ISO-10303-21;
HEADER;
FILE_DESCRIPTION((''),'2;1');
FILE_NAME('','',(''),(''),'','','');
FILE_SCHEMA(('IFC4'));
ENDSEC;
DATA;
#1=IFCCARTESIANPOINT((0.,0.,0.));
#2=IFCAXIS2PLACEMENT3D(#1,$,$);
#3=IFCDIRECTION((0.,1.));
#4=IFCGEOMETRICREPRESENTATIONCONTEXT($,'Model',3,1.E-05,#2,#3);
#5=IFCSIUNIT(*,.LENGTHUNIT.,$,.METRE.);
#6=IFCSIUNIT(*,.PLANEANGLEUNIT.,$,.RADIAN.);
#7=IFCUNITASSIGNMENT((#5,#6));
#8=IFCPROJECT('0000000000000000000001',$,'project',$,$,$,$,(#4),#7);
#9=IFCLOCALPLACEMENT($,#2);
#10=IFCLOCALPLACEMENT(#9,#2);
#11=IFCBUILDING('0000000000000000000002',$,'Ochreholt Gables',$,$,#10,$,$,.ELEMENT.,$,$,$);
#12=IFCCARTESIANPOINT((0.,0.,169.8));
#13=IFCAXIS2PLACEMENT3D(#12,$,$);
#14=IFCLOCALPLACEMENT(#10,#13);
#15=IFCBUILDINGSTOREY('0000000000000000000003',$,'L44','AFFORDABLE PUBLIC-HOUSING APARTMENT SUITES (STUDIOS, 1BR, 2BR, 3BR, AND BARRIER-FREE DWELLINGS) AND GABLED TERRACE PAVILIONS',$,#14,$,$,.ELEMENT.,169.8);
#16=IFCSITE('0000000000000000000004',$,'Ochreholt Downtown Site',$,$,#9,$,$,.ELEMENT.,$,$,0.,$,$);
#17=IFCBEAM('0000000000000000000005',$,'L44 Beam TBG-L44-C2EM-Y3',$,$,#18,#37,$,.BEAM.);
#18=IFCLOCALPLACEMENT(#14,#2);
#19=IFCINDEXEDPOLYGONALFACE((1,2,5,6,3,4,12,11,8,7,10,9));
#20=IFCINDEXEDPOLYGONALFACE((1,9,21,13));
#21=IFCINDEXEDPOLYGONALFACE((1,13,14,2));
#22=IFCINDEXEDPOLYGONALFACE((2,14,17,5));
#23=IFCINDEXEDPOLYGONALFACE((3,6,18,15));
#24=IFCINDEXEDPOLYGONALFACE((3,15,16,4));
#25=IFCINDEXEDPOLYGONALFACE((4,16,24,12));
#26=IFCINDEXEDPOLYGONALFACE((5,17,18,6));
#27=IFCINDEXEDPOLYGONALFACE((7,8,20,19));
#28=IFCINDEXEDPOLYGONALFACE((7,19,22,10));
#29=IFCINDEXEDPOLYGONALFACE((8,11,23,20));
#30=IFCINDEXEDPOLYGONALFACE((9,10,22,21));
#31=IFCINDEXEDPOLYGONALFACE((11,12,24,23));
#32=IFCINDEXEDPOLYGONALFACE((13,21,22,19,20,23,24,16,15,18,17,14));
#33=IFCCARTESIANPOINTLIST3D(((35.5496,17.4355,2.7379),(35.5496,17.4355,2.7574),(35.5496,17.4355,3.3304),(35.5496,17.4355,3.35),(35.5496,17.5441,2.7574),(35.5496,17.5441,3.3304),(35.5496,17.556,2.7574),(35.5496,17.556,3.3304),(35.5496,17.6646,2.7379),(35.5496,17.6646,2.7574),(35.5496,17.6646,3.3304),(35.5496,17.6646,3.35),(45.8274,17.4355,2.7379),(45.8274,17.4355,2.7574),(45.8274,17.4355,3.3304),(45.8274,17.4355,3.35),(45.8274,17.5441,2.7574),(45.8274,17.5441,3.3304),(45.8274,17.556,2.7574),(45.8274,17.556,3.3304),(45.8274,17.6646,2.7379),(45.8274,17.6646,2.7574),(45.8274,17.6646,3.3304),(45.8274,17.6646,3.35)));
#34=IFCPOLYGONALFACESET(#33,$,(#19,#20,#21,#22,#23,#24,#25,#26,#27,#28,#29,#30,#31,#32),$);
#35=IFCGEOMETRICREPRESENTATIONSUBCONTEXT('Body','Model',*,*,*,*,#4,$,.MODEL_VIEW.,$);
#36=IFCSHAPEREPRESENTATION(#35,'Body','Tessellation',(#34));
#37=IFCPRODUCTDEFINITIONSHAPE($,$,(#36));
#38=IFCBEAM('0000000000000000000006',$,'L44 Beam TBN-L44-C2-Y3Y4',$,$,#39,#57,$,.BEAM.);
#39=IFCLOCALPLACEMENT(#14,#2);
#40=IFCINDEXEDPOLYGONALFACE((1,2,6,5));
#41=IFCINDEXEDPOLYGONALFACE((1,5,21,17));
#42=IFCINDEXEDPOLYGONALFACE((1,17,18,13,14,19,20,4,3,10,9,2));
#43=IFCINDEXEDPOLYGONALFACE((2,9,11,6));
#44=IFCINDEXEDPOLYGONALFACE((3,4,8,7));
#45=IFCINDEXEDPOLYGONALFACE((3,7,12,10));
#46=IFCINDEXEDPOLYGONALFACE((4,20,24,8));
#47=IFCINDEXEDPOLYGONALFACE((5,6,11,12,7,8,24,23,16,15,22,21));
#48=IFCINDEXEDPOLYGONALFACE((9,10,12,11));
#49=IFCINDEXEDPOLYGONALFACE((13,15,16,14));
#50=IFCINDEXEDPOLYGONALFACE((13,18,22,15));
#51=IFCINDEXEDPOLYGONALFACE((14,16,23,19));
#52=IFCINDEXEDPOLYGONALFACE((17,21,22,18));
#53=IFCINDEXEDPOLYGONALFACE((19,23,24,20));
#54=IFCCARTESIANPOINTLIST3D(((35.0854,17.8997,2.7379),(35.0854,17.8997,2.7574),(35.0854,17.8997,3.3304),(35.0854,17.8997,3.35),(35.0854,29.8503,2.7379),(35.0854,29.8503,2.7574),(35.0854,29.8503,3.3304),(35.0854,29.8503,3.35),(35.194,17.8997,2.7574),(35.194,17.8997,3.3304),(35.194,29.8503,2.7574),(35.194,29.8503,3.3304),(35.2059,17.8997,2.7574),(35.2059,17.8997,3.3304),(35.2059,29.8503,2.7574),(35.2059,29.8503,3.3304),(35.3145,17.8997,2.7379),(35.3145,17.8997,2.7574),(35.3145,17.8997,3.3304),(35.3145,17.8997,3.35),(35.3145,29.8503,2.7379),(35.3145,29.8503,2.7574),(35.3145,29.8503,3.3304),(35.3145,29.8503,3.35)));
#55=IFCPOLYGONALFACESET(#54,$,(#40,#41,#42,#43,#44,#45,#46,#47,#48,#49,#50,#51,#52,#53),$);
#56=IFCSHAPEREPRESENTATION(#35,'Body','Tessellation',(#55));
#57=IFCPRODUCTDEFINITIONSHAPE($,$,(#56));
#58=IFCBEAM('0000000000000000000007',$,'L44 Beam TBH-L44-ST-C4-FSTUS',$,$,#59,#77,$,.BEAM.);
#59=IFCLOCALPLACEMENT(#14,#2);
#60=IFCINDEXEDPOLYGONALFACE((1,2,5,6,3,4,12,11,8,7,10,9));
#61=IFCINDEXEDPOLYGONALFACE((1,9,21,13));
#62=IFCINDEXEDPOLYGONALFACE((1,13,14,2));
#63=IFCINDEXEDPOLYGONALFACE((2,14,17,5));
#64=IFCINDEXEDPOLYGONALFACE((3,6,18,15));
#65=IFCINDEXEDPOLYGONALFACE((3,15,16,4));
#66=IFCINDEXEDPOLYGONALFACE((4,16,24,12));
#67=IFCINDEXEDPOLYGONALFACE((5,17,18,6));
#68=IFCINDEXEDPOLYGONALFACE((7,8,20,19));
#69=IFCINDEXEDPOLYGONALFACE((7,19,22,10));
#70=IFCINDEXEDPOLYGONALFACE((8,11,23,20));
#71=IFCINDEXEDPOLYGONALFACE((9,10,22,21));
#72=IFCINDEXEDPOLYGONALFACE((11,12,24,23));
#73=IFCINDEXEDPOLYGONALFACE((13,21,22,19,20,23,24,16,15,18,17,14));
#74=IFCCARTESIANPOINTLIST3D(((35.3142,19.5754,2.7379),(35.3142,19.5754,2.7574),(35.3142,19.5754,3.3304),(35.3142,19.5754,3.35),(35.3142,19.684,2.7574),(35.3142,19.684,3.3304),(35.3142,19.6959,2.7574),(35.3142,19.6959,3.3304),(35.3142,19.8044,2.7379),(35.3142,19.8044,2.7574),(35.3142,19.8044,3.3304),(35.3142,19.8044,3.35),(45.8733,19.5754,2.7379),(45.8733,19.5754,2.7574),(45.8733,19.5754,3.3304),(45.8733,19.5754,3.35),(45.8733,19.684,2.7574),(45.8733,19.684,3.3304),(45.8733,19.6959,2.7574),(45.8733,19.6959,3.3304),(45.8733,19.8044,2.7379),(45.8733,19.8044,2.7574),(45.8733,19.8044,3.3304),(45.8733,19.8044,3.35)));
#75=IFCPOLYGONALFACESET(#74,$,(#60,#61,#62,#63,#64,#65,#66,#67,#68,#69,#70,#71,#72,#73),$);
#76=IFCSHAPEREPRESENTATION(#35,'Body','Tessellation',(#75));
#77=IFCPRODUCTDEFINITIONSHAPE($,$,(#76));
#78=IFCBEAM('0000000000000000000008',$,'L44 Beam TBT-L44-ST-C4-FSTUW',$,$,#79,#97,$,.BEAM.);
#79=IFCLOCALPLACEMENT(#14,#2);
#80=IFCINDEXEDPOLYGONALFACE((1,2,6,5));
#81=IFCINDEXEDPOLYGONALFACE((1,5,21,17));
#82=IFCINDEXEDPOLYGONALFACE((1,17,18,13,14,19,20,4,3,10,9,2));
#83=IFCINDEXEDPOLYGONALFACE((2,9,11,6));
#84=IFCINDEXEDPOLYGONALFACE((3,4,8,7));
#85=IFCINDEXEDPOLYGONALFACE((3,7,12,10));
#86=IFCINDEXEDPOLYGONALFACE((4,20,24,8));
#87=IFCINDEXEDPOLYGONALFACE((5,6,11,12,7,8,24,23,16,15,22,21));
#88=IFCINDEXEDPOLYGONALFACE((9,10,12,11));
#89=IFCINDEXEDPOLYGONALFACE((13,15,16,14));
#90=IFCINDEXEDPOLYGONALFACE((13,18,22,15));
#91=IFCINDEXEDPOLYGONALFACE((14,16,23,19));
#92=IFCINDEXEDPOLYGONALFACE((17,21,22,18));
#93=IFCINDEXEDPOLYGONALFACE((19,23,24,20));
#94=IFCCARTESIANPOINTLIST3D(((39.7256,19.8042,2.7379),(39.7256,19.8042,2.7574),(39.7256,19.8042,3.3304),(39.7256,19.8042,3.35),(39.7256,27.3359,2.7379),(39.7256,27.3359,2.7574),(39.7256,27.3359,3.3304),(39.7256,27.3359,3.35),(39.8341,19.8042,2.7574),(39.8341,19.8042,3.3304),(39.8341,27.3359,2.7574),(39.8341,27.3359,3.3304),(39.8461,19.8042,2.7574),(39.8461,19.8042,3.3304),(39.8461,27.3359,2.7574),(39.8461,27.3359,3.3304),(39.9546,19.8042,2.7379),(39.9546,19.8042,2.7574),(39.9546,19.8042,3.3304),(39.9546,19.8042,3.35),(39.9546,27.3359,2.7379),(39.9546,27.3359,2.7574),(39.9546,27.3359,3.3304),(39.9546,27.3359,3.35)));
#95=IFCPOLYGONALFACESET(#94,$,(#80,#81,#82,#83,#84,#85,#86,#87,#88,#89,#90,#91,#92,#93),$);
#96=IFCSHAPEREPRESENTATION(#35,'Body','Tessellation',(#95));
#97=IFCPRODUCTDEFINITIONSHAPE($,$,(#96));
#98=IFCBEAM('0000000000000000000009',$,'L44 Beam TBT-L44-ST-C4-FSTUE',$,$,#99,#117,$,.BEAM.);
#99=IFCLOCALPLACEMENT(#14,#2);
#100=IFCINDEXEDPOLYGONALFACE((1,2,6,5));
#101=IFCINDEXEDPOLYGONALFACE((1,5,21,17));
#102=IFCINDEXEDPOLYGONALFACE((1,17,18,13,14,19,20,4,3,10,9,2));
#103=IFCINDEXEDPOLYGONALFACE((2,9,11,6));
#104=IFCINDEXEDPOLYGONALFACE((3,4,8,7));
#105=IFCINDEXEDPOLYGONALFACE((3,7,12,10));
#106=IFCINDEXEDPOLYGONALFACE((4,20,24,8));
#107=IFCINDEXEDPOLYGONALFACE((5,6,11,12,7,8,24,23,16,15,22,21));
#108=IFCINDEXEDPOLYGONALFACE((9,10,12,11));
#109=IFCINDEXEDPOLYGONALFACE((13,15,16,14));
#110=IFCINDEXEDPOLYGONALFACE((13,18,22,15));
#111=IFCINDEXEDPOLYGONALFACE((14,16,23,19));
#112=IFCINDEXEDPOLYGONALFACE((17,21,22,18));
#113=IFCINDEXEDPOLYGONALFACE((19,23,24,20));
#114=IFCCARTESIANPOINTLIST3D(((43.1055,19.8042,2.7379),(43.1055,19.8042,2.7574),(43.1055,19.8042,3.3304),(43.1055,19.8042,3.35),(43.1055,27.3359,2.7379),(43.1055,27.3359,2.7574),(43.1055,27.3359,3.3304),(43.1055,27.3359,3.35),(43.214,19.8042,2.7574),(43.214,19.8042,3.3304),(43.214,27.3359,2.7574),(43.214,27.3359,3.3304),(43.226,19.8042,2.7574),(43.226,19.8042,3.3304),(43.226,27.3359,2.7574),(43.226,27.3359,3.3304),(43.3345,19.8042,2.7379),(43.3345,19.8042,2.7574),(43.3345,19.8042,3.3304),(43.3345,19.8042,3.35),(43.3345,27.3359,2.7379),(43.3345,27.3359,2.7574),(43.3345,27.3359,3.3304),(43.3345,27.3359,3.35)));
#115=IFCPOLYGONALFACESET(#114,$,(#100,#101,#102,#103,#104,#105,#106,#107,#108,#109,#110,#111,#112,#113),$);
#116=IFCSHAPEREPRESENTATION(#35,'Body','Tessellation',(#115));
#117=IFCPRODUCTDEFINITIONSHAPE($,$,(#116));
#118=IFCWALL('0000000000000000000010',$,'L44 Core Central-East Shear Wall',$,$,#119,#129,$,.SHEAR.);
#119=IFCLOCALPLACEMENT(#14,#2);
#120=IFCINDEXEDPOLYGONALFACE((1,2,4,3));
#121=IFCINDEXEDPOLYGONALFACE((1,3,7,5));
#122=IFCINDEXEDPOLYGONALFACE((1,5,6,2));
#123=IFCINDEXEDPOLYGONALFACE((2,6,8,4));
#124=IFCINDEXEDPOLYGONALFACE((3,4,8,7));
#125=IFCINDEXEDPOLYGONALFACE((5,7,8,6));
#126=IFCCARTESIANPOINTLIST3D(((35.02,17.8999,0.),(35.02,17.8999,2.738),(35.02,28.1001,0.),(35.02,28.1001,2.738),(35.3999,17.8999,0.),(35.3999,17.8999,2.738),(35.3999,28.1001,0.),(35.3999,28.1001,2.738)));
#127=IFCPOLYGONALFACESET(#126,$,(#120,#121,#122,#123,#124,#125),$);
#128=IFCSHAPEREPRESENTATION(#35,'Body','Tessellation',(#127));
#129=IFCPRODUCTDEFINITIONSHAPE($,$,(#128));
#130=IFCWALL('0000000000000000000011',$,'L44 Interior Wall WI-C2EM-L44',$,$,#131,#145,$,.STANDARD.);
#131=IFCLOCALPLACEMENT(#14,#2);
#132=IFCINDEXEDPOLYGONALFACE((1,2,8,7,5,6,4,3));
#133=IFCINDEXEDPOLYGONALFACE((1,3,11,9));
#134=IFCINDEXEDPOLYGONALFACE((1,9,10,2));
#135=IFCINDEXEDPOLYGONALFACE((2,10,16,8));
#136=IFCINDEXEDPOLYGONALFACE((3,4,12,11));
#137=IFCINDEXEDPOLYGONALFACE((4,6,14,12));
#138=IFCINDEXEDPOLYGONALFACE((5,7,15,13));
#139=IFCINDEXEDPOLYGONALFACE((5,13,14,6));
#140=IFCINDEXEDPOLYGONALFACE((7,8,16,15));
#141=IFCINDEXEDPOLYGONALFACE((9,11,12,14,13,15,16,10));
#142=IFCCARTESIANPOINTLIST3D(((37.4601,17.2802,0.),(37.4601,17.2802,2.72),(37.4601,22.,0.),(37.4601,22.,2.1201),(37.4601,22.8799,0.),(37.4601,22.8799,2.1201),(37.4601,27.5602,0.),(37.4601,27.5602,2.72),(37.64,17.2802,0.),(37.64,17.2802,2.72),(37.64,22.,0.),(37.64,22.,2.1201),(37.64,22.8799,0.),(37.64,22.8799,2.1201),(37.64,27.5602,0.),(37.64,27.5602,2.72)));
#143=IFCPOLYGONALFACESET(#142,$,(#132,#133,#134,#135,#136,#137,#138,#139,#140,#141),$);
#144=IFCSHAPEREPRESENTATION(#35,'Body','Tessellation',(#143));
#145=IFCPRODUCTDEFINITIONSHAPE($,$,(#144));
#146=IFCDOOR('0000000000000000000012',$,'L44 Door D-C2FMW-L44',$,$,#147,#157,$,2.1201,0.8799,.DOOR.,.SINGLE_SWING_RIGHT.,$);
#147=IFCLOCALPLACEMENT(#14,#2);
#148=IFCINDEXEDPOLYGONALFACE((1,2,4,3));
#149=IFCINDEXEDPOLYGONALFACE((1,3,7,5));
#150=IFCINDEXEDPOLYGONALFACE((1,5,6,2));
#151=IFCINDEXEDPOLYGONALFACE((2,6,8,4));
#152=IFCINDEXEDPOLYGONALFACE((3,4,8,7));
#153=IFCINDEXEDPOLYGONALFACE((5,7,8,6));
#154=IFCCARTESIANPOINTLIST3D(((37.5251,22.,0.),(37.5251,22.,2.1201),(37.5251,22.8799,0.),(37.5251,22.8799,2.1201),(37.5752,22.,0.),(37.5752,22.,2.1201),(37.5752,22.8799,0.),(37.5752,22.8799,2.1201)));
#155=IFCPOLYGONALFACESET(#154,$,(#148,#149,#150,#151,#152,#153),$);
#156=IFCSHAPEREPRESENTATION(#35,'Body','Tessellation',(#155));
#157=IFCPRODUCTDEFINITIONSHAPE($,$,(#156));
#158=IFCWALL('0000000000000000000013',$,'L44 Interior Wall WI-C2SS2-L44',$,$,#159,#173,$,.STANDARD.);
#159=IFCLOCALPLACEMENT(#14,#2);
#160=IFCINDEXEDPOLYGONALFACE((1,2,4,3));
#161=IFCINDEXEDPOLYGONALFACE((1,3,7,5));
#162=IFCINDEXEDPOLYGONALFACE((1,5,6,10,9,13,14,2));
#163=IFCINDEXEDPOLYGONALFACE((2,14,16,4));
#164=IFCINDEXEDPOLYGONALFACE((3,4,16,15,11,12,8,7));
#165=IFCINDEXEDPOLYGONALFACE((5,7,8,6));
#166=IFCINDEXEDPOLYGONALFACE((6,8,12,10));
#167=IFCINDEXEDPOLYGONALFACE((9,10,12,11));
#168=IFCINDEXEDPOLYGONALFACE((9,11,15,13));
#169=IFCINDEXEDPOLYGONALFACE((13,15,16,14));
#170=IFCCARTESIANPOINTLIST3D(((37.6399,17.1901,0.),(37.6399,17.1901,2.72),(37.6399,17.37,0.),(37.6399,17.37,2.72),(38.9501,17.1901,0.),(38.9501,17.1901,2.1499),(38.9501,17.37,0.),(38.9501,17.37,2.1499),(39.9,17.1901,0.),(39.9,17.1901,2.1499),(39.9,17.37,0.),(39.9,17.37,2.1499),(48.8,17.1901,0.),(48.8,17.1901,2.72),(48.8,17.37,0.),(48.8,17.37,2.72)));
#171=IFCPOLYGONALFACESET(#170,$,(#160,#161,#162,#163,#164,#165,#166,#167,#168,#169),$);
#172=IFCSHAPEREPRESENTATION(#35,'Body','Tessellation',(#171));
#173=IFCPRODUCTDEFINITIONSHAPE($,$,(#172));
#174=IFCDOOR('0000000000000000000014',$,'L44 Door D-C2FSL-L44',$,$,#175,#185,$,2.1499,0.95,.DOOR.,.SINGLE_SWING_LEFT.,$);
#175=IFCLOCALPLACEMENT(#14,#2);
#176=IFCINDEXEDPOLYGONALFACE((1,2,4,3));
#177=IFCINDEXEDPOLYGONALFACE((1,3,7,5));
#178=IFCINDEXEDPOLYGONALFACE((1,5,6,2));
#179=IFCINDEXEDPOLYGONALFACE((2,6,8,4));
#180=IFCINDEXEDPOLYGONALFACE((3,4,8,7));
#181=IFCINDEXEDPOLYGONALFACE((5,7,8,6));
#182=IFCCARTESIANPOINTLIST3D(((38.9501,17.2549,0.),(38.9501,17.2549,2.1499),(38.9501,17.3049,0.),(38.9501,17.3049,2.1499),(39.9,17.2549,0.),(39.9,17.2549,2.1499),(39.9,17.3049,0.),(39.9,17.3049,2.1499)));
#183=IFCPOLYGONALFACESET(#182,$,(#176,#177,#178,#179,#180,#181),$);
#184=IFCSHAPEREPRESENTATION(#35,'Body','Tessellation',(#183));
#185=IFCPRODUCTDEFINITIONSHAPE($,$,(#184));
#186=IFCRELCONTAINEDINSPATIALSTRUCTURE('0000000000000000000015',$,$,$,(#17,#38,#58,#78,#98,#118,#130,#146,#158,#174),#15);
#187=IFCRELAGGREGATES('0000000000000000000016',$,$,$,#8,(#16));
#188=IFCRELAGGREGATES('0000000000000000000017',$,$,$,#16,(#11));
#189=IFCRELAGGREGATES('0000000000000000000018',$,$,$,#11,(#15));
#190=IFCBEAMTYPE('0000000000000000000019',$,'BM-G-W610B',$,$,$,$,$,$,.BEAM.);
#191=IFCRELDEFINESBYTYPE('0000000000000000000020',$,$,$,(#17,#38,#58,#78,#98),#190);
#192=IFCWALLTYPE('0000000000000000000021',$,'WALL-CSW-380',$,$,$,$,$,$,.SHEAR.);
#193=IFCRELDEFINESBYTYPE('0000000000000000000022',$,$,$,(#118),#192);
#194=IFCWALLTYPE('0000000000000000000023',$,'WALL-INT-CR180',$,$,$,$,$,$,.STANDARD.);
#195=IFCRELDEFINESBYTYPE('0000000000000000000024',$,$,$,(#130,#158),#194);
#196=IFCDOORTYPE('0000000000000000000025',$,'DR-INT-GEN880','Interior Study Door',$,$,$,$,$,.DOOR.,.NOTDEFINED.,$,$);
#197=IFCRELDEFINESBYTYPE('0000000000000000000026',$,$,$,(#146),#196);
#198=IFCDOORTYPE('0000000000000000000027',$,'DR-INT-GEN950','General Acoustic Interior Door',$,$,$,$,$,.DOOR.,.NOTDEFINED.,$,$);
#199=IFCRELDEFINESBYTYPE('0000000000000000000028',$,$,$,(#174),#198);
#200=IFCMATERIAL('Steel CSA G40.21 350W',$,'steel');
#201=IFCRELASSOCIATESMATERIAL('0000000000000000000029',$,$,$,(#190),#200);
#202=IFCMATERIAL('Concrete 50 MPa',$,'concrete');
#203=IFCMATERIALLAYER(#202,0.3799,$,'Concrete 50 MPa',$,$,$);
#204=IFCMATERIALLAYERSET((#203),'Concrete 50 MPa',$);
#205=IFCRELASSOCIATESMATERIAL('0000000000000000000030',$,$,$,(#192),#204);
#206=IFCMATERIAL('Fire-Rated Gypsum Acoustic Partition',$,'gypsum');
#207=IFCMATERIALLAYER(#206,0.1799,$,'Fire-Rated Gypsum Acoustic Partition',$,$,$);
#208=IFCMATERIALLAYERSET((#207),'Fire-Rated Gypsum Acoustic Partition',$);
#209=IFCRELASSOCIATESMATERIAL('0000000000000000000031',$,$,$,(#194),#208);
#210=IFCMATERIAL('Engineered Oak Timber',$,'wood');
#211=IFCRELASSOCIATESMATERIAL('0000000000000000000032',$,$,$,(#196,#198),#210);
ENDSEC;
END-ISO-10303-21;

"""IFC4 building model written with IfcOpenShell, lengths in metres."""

from ifc_helpers import new_model, si_unit, direction, frame, frame_2d, origin, origin_2d, place, context, subcontext, project, spatial, rectangle, i_section, extrude, material, layer, layer_set, material_profile, profile_set, type_object, element, fill, save


model = new_model("IFC4")

# Units and contexts
model_context = context("Model", 3, precision=1e-05, world=origin(), true_north=direction((0.0, 1.0)))
body_context = subcontext(model_context, "Body", "Model", "MODEL_VIEW")
ifc_project = project(units=[si_unit("LENGTHUNIT", "METRE"), si_unit("PLANEANGLEUNIT", "RADIAN")], contexts=[model_context])

# Site, building, storey
site_placement = place(None, origin())
site = spatial("IfcSite", under=ifc_project, at=site_placement, Name="Ochreholt Downtown Site", CompositionType="ELEMENT", RefElevation=0.0)
building_placement = place(site_placement, origin())
building = spatial("IfcBuilding", under=site, at=building_placement, Name="Ochreholt Gables", CompositionType="ELEMENT")
storey_placement = place(building_placement, frame((0.0, 0.0, 169.8)))
storey = spatial("IfcBuildingStorey", under=building, at=storey_placement, Name="L44", Description="AFFORDABLE PUBLIC-HOUSING APARTMENT SUITES (STUDIOS, 1BR, 2BR, 3BR, AND BARRIER-FREE DWELLINGS) AND GABLED TERRACE PAVILIONS", CompositionType="ELEMENT", Elevation=169.8)

# Beams
ifc_material_1 = material(Name="Steel CSA G40.21 350W", Category="steel")
ifc_material_profile = material_profile(ifc_material_1, i_section(OverallWidth=0.229, OverallDepth=0.6121, WebThickness=0.012, FlangeThickness=0.0195, at=origin_2d()), Name="W610X125")
ifc_profile_set = profile_set([ifc_material_profile], Name="Steel CSA G40.21 350W")
beam_type = type_object("IfcBeamType", Name="BM-G-W610B", PredefinedType="BEAM", material=ifc_profile_set)
beam_1_placement = place(storey_placement, frame((35.5496, 17.55, 3.0439), z_axis=(1.0, 0.0, 0.0), x_axis=(0.0, 1.0, 0.0)))
element("IfcBeam", 1, at=beam_1_placement, inside=storey, type_object=beam_type, Name="L44 Beam TBG-L44-C2EM-Y3", PredefinedType="BEAM", context=body_context, shape_type="SweptSolid", body=[
    extrude(i_section(OverallWidth=0.229, OverallDepth=0.6121, WebThickness=0.012, FlangeThickness=0.0195, at=origin_2d()), origin(), (0.0, 0.0, 1.0), 10.2778),
])
beam_2_placement = place(storey_placement, frame((35.2, 17.8997, 3.0439), z_axis=(0.0, 1.0, 0.0), x_axis=(-1.0, 0.0, 0.0)))
element("IfcBeam", 2, at=beam_2_placement, inside=storey, type_object=beam_type, Name="L44 Beam TBN-L44-C2-Y3Y4", PredefinedType="BEAM", context=body_context, shape_type="SweptSolid", body=[
    extrude(i_section(OverallWidth=0.229, OverallDepth=0.6121, WebThickness=0.012, FlangeThickness=0.0195, at=origin_2d()), origin(), (0.0, 0.0, 1.0), 11.9507),
])
beam_3_placement = place(storey_placement, frame((35.3142, 19.6899, 3.0439), z_axis=(1.0, 0.0, 0.0), x_axis=(0.0, 1.0, 0.0)))
element("IfcBeam", 3, at=beam_3_placement, inside=storey, type_object=beam_type, Name="L44 Beam TBH-L44-ST-C4-FSTUS", PredefinedType="BEAM", context=body_context, shape_type="SweptSolid", body=[
    extrude(i_section(OverallWidth=0.229, OverallDepth=0.6121, WebThickness=0.012, FlangeThickness=0.0195, at=origin_2d()), origin(), (0.0, 0.0, 1.0), 10.5591),
])
for number, where, z_axis, x_axis, name in (
    (4, (39.8401, 19.8042, 3.0439), (0.0, 1.0, 0.0), (-1.0, 0.0, 0.0), "L44 Beam TBT-L44-ST-C4-FSTUW"),
    (5, (43.22, 19.8042, 3.0439), (0.0, 1.0, 0.0), (-1.0, 0.0, 0.0), "L44 Beam TBT-L44-ST-C4-FSTUE"),
):
    element("IfcBeam", number, at=place(storey_placement, frame(where, z_axis=z_axis, x_axis=x_axis)), inside=storey, type_object=beam_type, Name=name, PredefinedType="BEAM", context=body_context, shape_type="SweptSolid", body=[
        extrude(i_section(OverallWidth=0.229, OverallDepth=0.6121, WebThickness=0.012, FlangeThickness=0.0195, at=origin_2d()), origin(), (0.0, 0.0, 1.0), 7.5317),
    ])

# Wall
ifc_material_2 = material(Name="Concrete 50 MPa", Category="concrete")
ifc_layer_1 = layer(ifc_material_2, 0.3799, Name="Concrete 50 MPa")
ifc_layer_set_1 = layer_set([ifc_layer_1], Name="Concrete 50 MPa")
wall_type_1 = type_object("IfcWallType", Name="WALL-CSW-380", PredefinedType="SHEAR", material=ifc_layer_set_1)
wall_1_placement = place(storey_placement, frame((35.21, 17.8999, 0.0), z_axis=(0.0, 0.0, 1.0), x_axis=(0.0, 1.0, 0.0)))
element("IfcWall", 6, at=wall_1_placement, inside=storey, type_object=wall_type_1, Name="L44 Core Central-East Shear Wall", PredefinedType="SHEAR", context=body_context, shape_type="SweptSolid", body=[
    extrude(rectangle(XDim=10.2002, YDim=0.3799, at=frame_2d((5.1001, 0.0))), origin(), (0.0, 0.0, 1.0), 2.738),
])

# Walls, openings, doors
ifc_material_3 = material(Name="Fire-Rated Gypsum Acoustic Partition", Category="gypsum")
ifc_layer_2 = layer(ifc_material_3, 0.1799, Name="Fire-Rated Gypsum Acoustic Partition")
ifc_layer_set_2 = layer_set([ifc_layer_2], Name="Fire-Rated Gypsum Acoustic Partition")
wall_type_2 = type_object("IfcWallType", Name="WALL-INT-CR180", PredefinedType="STANDARD", material=ifc_layer_set_2)
wall_2_placement = place(storey_placement, frame((37.55, 17.28, 0.0), z_axis=(0.0, 0.0, 1.0), x_axis=(0.0, 1.0, 0.0)))
wall_2 = element("IfcWall", 7, at=wall_2_placement, inside=storey, type_object=wall_type_2, Name="L44 Interior Wall WI-C2EM-L44", PredefinedType="STANDARD", context=body_context, shape_type="SweptSolid", body=[
    extrude(rectangle(XDim=10.28, YDim=0.1799, at=frame_2d((5.1401, 0.0))), origin(), (0.0, 0.0, 1.0), 2.72),
])
opening_1_placement = place(wall_2_placement, frame((4.72, 0.0, 0.0)))
opening_1 = element("IfcOpeningElement", 8, at=opening_1_placement, cuts=wall_2, PredefinedType="OPENING", context=body_context, shape_type="SweptSolid", body=[
    extrude(rectangle(XDim=0.8799, YDim=2.1201, at=frame_2d((0.4399, 1.0601))), frame((0.0, 0.0999, 0.0), z_axis=(0.0, -1.0, 0.0), x_axis=(1.0, 0.0, 0.0)), (0.0, 0.0, 1.0), 0.2),
])
ifc_material_4 = material(Name="Engineered Oak Timber", Category="wood")
door_type_1 = type_object("IfcDoorType", Name="DR-INT-GEN880", Description="Interior Study Door", OperationType="NOTDEFINED", PredefinedType="DOOR", material=ifc_material_4)
door_1_placement = place(opening_1_placement, origin())
door_1 = element("IfcDoor", 9, at=door_1_placement, inside=storey, type_object=door_type_1, Name="L44 Door D-C2FMW-L44", OperationType="SINGLE_SWING_RIGHT", OverallHeight=2.1201, OverallWidth=0.8799, PredefinedType="DOOR", context=body_context, shape_type="SweptSolid", body=[
    extrude(rectangle(XDim=0.8799, YDim=2.1201, at=frame_2d((0.4399, 1.0601))), frame((0.0, 0.0249, 0.0), z_axis=(0.0, -1.0, 0.0), x_axis=(1.0, 0.0, 0.0)), (0.0, 0.0, 1.0), 0.05),
])
fill(opening_1, door_1)
wall_3_placement = place(storey_placement, frame((37.6399, 17.28, 0.0), z_axis=(0.0, 0.0, 1.0), x_axis=(1.0, 0.0, 0.0)))
wall_3 = element("IfcWall", 10, at=wall_3_placement, inside=storey, type_object=wall_type_2, Name="L44 Interior Wall WI-C2SS2-L44", PredefinedType="STANDARD", context=body_context, shape_type="SweptSolid", body=[
    extrude(rectangle(XDim=11.1602, YDim=0.1799, at=frame_2d((5.5801, 0.0))), origin(), (0.0, 0.0, 1.0), 2.72),
])
opening_2_placement = place(wall_3_placement, frame((1.3101, 0.0, 0.0)))
opening_2 = element("IfcOpeningElement", 11, at=opening_2_placement, cuts=wall_3, PredefinedType="OPENING", context=body_context, shape_type="SweptSolid", body=[
    extrude(rectangle(XDim=0.95, YDim=2.1499, at=frame_2d((0.4751, 1.075))), frame((0.0, 0.0999, 0.0), z_axis=(0.0, -1.0, 0.0), x_axis=(1.0, 0.0, 0.0)), (0.0, 0.0, 1.0), 0.2),
])
door_type_2 = type_object("IfcDoorType", Name="DR-INT-GEN950", Description="General Acoustic Interior Door", OperationType="NOTDEFINED", PredefinedType="DOOR", material=ifc_material_4)
door_2_placement = place(opening_2_placement, origin())
door_2 = element("IfcDoor", 12, at=door_2_placement, inside=storey, type_object=door_type_2, Name="L44 Door D-C2FSL-L44", OperationType="SINGLE_SWING_LEFT", OverallHeight=2.1499, OverallWidth=0.95, PredefinedType="DOOR", context=body_context, shape_type="SweptSolid", body=[
    extrude(rectangle(XDim=0.95, YDim=2.1499, at=frame_2d((0.4751, 1.075))), frame((0.0, 0.0249, 0.0), z_axis=(0.0, -1.0, 0.0), x_axis=(1.0, 0.0, 0.0)), (0.0, 0.0, 1.0), 0.05),
])
fill(opening_2, door_2)

save(model, "model.ifc")
